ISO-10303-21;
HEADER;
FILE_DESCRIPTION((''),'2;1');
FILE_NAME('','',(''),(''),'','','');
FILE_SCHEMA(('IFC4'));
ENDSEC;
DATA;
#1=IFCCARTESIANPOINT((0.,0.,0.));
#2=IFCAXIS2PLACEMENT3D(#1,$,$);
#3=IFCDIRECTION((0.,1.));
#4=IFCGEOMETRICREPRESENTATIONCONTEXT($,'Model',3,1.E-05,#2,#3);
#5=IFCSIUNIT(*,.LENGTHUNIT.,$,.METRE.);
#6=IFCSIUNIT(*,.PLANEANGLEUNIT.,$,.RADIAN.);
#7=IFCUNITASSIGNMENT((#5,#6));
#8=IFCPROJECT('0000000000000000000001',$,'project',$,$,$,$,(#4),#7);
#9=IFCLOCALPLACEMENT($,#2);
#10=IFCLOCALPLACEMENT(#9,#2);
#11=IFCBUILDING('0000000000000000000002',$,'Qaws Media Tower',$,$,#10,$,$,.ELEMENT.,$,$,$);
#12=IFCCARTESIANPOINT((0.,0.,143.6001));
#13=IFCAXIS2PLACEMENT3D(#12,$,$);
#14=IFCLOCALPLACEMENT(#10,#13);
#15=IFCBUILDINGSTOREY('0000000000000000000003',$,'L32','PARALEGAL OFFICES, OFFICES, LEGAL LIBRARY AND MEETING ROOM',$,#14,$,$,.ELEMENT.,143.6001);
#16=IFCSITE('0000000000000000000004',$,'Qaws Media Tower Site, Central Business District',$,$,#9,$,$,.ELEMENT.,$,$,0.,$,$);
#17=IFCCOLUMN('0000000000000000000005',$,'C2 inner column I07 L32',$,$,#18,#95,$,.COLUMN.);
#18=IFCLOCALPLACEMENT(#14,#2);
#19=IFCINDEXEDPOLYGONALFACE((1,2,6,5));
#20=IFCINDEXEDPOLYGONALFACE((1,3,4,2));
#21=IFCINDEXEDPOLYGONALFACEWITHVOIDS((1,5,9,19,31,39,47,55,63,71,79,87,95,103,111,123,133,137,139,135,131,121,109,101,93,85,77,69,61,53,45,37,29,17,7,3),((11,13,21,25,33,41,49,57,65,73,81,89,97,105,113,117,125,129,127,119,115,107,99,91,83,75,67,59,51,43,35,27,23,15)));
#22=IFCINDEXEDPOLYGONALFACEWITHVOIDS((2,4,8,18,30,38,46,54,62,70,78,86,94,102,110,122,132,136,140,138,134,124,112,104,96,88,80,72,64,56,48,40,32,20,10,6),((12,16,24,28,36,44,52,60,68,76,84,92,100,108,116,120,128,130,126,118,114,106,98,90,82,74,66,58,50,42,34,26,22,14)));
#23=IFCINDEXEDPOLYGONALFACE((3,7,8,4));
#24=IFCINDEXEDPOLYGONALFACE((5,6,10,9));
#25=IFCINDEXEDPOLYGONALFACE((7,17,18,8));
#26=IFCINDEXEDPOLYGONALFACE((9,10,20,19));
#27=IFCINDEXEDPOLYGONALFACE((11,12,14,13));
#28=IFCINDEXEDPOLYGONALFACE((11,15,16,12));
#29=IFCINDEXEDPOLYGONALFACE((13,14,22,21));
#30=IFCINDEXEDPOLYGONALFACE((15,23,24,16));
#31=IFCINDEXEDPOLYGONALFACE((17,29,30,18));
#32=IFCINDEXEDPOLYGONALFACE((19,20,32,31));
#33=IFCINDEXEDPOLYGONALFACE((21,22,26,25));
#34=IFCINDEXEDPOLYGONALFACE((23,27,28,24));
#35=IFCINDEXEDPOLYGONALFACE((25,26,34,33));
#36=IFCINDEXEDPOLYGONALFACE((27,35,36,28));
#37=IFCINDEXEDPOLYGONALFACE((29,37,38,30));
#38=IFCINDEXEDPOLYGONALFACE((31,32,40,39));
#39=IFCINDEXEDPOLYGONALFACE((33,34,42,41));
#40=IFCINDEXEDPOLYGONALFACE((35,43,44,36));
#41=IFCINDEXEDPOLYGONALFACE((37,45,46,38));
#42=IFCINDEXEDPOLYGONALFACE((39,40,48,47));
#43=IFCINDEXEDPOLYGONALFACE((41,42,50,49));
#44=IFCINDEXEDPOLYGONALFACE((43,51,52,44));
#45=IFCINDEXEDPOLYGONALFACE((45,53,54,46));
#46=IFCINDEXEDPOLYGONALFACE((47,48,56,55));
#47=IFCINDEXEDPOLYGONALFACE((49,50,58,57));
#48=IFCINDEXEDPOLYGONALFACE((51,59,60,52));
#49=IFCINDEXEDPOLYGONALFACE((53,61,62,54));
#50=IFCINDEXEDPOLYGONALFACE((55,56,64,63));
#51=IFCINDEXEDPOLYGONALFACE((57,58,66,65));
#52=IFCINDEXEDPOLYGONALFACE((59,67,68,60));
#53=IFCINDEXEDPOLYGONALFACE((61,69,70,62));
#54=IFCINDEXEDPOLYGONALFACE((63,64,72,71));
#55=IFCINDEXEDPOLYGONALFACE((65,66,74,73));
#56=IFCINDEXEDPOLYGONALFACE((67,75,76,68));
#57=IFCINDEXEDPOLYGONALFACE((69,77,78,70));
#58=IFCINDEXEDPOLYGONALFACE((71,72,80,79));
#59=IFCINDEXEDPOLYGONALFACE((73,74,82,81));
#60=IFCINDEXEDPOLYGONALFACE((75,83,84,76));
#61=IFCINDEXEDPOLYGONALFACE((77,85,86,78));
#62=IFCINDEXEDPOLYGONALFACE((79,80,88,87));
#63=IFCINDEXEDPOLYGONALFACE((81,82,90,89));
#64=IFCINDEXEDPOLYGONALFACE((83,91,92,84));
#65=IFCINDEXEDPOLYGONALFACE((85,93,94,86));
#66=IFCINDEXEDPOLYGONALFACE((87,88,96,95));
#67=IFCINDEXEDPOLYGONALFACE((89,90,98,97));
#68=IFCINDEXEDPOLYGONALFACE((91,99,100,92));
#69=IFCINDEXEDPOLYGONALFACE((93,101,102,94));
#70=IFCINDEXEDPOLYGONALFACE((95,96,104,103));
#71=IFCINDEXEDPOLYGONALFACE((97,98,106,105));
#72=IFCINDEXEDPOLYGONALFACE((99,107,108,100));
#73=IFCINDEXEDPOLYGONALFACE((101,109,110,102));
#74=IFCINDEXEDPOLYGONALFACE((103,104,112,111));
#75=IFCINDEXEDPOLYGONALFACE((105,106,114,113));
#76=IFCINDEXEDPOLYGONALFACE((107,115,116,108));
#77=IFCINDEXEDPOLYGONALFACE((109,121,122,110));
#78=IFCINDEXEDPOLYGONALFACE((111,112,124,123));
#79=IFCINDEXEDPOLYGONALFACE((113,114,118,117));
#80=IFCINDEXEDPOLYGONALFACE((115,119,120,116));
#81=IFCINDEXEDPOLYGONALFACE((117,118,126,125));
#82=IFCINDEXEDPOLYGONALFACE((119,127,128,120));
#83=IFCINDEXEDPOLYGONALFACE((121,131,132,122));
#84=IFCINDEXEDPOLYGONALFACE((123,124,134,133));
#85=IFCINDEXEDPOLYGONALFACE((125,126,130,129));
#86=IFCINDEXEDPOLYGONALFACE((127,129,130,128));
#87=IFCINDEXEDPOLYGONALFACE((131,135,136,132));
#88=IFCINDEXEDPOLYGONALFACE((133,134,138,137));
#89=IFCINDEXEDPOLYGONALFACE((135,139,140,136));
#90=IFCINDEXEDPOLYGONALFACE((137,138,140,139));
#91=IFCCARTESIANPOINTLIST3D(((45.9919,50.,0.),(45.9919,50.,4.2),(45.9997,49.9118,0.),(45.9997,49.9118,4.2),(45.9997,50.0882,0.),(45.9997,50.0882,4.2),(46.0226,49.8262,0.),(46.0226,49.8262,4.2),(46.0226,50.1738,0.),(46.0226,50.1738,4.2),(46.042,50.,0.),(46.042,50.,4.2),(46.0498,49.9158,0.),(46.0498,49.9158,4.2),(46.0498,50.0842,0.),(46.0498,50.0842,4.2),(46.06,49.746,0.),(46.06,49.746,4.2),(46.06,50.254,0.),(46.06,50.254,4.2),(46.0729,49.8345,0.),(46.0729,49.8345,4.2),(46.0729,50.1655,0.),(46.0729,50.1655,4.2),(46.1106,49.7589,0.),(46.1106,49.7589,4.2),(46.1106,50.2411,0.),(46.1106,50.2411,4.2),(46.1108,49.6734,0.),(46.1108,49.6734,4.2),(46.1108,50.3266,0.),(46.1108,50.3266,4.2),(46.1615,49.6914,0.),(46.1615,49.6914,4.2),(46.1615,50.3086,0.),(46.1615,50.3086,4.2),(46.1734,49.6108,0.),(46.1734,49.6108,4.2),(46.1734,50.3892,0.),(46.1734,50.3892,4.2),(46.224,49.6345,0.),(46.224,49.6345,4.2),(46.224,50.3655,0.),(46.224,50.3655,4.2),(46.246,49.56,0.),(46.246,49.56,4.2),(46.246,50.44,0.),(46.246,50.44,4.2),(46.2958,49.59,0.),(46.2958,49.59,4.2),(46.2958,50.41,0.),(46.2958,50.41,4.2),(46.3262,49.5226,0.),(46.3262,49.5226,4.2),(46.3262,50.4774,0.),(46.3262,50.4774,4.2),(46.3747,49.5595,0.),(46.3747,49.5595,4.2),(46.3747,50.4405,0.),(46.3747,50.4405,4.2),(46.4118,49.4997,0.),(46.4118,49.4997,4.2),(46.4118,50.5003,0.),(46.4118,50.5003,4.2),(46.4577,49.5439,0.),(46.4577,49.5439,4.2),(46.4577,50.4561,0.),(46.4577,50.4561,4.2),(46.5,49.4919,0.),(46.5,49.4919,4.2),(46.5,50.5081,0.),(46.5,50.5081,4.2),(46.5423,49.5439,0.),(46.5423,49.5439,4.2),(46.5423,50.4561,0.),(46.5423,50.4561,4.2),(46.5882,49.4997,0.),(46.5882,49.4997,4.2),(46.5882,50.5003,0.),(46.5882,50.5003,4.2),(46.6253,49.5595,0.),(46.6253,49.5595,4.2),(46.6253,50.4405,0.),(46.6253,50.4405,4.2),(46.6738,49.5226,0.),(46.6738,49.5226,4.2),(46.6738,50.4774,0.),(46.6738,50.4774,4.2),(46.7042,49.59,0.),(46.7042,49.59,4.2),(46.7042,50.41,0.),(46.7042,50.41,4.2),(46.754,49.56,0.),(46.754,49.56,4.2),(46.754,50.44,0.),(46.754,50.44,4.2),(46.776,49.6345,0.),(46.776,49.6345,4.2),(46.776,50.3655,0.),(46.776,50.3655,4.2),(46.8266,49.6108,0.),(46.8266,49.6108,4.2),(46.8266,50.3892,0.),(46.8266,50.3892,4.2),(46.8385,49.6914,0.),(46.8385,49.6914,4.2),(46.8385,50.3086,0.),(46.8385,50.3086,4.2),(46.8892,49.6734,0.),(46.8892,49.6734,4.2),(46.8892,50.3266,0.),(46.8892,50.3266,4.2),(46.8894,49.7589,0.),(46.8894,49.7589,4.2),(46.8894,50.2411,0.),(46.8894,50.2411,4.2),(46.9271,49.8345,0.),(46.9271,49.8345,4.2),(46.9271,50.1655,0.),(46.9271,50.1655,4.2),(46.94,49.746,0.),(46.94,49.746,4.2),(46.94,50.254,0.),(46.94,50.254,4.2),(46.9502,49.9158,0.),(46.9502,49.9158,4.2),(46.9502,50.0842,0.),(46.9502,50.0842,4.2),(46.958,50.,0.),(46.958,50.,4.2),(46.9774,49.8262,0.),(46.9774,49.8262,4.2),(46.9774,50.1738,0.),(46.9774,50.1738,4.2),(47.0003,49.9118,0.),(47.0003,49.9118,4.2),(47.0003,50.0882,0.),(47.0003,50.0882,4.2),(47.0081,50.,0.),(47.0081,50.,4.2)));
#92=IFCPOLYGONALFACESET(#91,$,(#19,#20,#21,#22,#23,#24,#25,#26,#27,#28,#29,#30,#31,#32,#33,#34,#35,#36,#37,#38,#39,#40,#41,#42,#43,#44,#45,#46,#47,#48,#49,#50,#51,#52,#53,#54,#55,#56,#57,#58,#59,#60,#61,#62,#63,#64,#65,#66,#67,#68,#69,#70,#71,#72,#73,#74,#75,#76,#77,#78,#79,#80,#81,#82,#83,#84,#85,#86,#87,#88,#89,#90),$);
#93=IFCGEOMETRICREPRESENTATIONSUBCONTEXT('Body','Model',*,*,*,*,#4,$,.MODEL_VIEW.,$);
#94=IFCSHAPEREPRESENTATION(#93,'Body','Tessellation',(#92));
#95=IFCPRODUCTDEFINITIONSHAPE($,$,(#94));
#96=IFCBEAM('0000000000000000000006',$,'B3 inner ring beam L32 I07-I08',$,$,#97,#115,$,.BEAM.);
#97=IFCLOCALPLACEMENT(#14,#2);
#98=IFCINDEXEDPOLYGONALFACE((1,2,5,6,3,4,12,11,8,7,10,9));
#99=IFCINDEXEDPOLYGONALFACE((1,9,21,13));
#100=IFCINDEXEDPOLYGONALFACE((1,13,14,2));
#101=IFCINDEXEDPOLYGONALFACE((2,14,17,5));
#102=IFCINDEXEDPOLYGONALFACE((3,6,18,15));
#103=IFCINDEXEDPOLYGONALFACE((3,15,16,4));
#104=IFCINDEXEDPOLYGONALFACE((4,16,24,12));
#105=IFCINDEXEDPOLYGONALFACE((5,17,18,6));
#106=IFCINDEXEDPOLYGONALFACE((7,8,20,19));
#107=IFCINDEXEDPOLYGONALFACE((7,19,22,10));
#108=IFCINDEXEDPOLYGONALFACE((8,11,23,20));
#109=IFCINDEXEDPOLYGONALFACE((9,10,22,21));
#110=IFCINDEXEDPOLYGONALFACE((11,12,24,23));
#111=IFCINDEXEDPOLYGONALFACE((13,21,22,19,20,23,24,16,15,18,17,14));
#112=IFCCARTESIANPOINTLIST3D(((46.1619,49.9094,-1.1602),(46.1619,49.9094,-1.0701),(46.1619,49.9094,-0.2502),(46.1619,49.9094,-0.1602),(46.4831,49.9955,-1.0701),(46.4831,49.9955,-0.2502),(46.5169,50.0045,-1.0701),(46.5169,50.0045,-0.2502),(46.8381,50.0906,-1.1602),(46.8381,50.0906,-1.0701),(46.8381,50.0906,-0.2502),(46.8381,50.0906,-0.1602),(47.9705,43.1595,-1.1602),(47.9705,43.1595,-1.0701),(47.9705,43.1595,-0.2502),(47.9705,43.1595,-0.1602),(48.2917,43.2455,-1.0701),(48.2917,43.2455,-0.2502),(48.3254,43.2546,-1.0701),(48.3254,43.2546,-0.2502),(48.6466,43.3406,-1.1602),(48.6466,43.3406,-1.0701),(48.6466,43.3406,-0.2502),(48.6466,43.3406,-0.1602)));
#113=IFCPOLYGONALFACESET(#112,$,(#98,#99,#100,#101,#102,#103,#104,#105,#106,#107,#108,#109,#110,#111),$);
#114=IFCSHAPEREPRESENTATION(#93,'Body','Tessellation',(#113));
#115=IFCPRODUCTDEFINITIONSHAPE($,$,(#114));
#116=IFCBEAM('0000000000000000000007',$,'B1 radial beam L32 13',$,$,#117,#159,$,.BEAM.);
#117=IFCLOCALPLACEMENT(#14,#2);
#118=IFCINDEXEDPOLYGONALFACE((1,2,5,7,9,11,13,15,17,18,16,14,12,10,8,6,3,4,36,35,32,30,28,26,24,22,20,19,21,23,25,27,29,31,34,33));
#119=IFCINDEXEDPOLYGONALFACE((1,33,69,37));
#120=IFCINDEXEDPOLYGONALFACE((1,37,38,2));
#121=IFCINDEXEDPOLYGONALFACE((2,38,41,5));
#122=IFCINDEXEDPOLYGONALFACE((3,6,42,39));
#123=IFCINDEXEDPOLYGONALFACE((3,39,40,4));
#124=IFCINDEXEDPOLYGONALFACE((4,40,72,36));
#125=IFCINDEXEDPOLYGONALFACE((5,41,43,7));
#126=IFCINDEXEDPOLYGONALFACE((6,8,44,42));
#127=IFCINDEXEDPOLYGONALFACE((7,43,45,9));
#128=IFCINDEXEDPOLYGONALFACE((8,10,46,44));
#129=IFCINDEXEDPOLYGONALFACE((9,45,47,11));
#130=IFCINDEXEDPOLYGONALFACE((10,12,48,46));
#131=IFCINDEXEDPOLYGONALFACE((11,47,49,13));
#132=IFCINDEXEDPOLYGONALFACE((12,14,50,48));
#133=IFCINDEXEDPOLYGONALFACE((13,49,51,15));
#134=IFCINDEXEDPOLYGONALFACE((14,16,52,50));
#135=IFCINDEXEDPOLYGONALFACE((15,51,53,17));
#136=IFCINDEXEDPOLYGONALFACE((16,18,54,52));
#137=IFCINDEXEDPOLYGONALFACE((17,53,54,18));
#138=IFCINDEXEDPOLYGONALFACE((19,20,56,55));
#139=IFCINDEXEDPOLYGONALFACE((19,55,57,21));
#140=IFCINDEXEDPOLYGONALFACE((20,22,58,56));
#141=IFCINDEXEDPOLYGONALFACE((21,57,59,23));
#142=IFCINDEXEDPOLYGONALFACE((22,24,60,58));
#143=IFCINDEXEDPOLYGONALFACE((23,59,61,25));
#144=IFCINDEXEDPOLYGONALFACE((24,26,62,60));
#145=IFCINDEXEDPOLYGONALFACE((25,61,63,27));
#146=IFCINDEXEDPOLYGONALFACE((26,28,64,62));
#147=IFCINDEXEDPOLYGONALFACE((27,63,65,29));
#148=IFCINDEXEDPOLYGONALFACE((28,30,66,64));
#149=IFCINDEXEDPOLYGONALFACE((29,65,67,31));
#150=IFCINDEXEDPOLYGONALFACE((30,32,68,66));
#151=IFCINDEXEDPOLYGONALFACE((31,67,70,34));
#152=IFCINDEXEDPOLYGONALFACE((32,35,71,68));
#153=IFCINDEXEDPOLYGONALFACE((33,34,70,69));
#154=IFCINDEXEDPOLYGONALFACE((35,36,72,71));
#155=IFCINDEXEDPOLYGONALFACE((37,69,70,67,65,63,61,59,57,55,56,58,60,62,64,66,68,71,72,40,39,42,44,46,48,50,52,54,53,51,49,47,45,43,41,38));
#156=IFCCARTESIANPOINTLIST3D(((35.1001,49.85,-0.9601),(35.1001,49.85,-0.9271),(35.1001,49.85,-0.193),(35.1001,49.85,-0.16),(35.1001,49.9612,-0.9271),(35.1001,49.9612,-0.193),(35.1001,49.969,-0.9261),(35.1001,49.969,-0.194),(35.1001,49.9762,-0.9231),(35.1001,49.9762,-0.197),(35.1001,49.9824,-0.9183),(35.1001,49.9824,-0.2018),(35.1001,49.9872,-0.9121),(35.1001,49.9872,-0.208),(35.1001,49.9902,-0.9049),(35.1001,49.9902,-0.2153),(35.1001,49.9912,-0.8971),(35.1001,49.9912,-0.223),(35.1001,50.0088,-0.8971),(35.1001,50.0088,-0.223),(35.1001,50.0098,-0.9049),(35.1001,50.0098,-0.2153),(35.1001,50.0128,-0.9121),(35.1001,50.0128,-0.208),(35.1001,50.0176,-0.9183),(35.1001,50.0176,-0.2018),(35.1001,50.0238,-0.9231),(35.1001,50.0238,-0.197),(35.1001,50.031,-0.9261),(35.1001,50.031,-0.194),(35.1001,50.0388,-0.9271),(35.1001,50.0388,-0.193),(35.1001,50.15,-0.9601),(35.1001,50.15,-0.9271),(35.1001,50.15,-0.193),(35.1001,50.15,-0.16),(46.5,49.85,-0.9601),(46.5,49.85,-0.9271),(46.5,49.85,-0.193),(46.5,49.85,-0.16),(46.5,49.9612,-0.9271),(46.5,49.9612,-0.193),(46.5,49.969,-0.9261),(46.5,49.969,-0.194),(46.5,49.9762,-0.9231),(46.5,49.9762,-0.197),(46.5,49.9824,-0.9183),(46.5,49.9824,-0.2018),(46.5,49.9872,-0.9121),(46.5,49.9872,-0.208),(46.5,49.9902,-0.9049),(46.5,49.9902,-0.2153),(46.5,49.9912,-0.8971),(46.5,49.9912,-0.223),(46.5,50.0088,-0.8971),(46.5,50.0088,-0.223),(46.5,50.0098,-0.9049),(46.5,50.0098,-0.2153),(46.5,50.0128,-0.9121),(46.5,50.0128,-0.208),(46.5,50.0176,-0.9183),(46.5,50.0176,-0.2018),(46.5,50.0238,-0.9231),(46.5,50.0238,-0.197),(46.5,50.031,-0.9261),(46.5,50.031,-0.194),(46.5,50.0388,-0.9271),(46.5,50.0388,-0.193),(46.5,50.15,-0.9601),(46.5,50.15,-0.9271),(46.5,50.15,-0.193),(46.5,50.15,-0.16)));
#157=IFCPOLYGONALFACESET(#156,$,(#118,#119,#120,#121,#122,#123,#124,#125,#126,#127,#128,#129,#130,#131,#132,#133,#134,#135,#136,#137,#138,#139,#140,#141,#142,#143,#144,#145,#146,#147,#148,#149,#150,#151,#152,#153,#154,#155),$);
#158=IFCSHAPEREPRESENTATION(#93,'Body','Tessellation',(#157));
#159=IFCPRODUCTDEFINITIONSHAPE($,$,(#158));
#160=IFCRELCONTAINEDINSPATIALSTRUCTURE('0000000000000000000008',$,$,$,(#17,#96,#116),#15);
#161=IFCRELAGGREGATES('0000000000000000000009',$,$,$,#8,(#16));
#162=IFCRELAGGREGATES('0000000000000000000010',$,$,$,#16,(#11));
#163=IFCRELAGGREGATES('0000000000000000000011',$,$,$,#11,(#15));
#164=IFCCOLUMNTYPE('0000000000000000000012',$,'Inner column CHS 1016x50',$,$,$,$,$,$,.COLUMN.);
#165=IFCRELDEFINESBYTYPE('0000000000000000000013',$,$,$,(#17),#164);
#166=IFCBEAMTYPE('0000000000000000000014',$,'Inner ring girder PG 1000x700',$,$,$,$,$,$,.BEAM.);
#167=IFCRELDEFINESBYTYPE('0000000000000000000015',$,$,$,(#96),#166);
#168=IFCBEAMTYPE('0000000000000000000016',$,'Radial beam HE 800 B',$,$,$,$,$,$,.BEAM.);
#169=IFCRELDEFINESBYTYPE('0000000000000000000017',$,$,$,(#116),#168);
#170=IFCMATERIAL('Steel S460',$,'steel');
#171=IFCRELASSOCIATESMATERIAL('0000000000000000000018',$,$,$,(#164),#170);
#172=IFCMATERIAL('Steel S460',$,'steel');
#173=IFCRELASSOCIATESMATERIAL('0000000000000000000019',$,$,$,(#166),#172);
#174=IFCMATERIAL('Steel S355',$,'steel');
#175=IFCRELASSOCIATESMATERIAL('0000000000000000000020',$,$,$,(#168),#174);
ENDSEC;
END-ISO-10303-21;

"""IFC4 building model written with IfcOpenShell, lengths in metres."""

from ifc_helpers import new_model, si_unit, direction, frame, origin, origin_2d, place, context, subcontext, project, spatial, hollow_circle, i_section, extrude, material, material_profile, profile_set, type_object, element, save


model = new_model("IFC4")

# Units and contexts
model_context = context("Model", 3, precision=1e-05, world=origin(), true_north=direction((0.0, 1.0)))
body_context = subcontext(model_context, "Body", "Model", "MODEL_VIEW")
ifc_project = project(units=[si_unit("LENGTHUNIT", "METRE"), si_unit("PLANEANGLEUNIT", "RADIAN")], contexts=[model_context])

# Site, building, storey
site_placement = place(None, origin())
site = spatial("IfcSite", under=ifc_project, at=site_placement, Name="Qaws Media Tower Site, Central Business District", CompositionType="ELEMENT", RefElevation=0.0)
building_placement = place(site_placement, origin())
building = spatial("IfcBuilding", under=site, at=building_placement, Name="Qaws Media Tower", CompositionType="ELEMENT")
storey_placement = place(building_placement, frame((0.0, 0.0, 143.6001)))
storey = spatial("IfcBuildingStorey", under=building, at=storey_placement, Name="L32", Description="PARALEGAL OFFICES, OFFICES, LEGAL LIBRARY AND MEETING ROOM", CompositionType="ELEMENT", Elevation=143.6001)

# Column
ifc_material_1 = material(Name="Steel S460", Category="steel")
ifc_material_profile_1 = material_profile(ifc_material_1, hollow_circle(Radius=0.5081, WallThickness=0.05, at=origin_2d()), Name="CHS 1016x50")
ifc_profile_set_1 = profile_set([ifc_material_profile_1], Name="Steel S460")
column_type = type_object("IfcColumnType", Name="Inner column CHS 1016x50", PredefinedType="COLUMN", material=ifc_profile_set_1)
column_placement = place(storey_placement, frame((46.5, 50.0, 0.0), z_axis=(0.0, 0.0, 1.0), x_axis=(1.0, 0.0, 0.0)))
element("IfcColumn", 1, at=column_placement, inside=storey, type_object=column_type, Name="C2 inner column I07 L32", PredefinedType="COLUMN", context=body_context, shape_type="SweptSolid", body=[
    extrude(hollow_circle(Radius=0.5081, WallThickness=0.05, at=origin_2d()), origin(), (0.0, 0.0, 1.0), 4.2),
])

# Beams
ifc_material_2 = material(Name="Steel S460", Category="steel")
ifc_material_profile_2 = material_profile(ifc_material_2, i_section(OverallWidth=0.7, OverallDepth=1.0, WebThickness=0.0349, FlangeThickness=0.0901, at=origin_2d()), Name="PG 1000x700")
ifc_profile_set_2 = profile_set([ifc_material_profile_2], Name="Steel S460")
beam_type_1 = type_object("IfcBeamType", Name="Inner ring girder PG 1000x700", PredefinedType="BEAM", material=ifc_profile_set_2)
beam_1_placement = place(storey_placement, frame((46.5, 50.0, -0.6602), z_axis=(0.258811, -0.965928, 0.0), x_axis=(0.965928, 0.258811, 0.0)))
element("IfcBeam", 2, at=beam_1_placement, inside=storey, type_object=beam_type_1, Name="B3 inner ring beam L32 I07-I08", PredefinedType="BEAM", context=body_context, shape_type="SweptSolid", body=[
    extrude(i_section(OverallWidth=0.7, OverallDepth=1.0, WebThickness=0.0349, FlangeThickness=0.0901, at=origin_2d()), origin(), (0.0, 0.0, 1.0), 6.988),
])
ifc_material_3 = material(Name="Steel S355", Category="steel")
ifc_material_profile_3 = material_profile(ifc_material_3, i_section(OverallWidth=0.3, OverallDepth=0.8, WebThickness=0.0176, FlangeThickness=0.033, FilletRadius=0.03, at=origin_2d()), Name="HE 800 B")
ifc_profile_set_3 = profile_set([ifc_material_profile_3], Name="Steel S355")
beam_type_2 = type_object("IfcBeamType", Name="Radial beam HE 800 B", PredefinedType="BEAM", material=ifc_profile_set_3)
beam_2_placement = place(storey_placement, frame((46.5, 50.0, -0.5601), z_axis=(-1.0, 0.0, 0.0), x_axis=(0.0, -1.0, 0.0)))
element("IfcBeam", 3, at=beam_2_placement, inside=storey, type_object=beam_type_2, Name="B1 radial beam L32 13", PredefinedType="BEAM", context=body_context, shape_type="SweptSolid", body=[
    extrude(i_section(OverallWidth=0.3, OverallDepth=0.8, WebThickness=0.0176, FlangeThickness=0.033, FilletRadius=0.03, at=origin_2d()), origin(), (0.0, 0.0, 1.0), 11.3999),
])

save(model, "model.ifc")
